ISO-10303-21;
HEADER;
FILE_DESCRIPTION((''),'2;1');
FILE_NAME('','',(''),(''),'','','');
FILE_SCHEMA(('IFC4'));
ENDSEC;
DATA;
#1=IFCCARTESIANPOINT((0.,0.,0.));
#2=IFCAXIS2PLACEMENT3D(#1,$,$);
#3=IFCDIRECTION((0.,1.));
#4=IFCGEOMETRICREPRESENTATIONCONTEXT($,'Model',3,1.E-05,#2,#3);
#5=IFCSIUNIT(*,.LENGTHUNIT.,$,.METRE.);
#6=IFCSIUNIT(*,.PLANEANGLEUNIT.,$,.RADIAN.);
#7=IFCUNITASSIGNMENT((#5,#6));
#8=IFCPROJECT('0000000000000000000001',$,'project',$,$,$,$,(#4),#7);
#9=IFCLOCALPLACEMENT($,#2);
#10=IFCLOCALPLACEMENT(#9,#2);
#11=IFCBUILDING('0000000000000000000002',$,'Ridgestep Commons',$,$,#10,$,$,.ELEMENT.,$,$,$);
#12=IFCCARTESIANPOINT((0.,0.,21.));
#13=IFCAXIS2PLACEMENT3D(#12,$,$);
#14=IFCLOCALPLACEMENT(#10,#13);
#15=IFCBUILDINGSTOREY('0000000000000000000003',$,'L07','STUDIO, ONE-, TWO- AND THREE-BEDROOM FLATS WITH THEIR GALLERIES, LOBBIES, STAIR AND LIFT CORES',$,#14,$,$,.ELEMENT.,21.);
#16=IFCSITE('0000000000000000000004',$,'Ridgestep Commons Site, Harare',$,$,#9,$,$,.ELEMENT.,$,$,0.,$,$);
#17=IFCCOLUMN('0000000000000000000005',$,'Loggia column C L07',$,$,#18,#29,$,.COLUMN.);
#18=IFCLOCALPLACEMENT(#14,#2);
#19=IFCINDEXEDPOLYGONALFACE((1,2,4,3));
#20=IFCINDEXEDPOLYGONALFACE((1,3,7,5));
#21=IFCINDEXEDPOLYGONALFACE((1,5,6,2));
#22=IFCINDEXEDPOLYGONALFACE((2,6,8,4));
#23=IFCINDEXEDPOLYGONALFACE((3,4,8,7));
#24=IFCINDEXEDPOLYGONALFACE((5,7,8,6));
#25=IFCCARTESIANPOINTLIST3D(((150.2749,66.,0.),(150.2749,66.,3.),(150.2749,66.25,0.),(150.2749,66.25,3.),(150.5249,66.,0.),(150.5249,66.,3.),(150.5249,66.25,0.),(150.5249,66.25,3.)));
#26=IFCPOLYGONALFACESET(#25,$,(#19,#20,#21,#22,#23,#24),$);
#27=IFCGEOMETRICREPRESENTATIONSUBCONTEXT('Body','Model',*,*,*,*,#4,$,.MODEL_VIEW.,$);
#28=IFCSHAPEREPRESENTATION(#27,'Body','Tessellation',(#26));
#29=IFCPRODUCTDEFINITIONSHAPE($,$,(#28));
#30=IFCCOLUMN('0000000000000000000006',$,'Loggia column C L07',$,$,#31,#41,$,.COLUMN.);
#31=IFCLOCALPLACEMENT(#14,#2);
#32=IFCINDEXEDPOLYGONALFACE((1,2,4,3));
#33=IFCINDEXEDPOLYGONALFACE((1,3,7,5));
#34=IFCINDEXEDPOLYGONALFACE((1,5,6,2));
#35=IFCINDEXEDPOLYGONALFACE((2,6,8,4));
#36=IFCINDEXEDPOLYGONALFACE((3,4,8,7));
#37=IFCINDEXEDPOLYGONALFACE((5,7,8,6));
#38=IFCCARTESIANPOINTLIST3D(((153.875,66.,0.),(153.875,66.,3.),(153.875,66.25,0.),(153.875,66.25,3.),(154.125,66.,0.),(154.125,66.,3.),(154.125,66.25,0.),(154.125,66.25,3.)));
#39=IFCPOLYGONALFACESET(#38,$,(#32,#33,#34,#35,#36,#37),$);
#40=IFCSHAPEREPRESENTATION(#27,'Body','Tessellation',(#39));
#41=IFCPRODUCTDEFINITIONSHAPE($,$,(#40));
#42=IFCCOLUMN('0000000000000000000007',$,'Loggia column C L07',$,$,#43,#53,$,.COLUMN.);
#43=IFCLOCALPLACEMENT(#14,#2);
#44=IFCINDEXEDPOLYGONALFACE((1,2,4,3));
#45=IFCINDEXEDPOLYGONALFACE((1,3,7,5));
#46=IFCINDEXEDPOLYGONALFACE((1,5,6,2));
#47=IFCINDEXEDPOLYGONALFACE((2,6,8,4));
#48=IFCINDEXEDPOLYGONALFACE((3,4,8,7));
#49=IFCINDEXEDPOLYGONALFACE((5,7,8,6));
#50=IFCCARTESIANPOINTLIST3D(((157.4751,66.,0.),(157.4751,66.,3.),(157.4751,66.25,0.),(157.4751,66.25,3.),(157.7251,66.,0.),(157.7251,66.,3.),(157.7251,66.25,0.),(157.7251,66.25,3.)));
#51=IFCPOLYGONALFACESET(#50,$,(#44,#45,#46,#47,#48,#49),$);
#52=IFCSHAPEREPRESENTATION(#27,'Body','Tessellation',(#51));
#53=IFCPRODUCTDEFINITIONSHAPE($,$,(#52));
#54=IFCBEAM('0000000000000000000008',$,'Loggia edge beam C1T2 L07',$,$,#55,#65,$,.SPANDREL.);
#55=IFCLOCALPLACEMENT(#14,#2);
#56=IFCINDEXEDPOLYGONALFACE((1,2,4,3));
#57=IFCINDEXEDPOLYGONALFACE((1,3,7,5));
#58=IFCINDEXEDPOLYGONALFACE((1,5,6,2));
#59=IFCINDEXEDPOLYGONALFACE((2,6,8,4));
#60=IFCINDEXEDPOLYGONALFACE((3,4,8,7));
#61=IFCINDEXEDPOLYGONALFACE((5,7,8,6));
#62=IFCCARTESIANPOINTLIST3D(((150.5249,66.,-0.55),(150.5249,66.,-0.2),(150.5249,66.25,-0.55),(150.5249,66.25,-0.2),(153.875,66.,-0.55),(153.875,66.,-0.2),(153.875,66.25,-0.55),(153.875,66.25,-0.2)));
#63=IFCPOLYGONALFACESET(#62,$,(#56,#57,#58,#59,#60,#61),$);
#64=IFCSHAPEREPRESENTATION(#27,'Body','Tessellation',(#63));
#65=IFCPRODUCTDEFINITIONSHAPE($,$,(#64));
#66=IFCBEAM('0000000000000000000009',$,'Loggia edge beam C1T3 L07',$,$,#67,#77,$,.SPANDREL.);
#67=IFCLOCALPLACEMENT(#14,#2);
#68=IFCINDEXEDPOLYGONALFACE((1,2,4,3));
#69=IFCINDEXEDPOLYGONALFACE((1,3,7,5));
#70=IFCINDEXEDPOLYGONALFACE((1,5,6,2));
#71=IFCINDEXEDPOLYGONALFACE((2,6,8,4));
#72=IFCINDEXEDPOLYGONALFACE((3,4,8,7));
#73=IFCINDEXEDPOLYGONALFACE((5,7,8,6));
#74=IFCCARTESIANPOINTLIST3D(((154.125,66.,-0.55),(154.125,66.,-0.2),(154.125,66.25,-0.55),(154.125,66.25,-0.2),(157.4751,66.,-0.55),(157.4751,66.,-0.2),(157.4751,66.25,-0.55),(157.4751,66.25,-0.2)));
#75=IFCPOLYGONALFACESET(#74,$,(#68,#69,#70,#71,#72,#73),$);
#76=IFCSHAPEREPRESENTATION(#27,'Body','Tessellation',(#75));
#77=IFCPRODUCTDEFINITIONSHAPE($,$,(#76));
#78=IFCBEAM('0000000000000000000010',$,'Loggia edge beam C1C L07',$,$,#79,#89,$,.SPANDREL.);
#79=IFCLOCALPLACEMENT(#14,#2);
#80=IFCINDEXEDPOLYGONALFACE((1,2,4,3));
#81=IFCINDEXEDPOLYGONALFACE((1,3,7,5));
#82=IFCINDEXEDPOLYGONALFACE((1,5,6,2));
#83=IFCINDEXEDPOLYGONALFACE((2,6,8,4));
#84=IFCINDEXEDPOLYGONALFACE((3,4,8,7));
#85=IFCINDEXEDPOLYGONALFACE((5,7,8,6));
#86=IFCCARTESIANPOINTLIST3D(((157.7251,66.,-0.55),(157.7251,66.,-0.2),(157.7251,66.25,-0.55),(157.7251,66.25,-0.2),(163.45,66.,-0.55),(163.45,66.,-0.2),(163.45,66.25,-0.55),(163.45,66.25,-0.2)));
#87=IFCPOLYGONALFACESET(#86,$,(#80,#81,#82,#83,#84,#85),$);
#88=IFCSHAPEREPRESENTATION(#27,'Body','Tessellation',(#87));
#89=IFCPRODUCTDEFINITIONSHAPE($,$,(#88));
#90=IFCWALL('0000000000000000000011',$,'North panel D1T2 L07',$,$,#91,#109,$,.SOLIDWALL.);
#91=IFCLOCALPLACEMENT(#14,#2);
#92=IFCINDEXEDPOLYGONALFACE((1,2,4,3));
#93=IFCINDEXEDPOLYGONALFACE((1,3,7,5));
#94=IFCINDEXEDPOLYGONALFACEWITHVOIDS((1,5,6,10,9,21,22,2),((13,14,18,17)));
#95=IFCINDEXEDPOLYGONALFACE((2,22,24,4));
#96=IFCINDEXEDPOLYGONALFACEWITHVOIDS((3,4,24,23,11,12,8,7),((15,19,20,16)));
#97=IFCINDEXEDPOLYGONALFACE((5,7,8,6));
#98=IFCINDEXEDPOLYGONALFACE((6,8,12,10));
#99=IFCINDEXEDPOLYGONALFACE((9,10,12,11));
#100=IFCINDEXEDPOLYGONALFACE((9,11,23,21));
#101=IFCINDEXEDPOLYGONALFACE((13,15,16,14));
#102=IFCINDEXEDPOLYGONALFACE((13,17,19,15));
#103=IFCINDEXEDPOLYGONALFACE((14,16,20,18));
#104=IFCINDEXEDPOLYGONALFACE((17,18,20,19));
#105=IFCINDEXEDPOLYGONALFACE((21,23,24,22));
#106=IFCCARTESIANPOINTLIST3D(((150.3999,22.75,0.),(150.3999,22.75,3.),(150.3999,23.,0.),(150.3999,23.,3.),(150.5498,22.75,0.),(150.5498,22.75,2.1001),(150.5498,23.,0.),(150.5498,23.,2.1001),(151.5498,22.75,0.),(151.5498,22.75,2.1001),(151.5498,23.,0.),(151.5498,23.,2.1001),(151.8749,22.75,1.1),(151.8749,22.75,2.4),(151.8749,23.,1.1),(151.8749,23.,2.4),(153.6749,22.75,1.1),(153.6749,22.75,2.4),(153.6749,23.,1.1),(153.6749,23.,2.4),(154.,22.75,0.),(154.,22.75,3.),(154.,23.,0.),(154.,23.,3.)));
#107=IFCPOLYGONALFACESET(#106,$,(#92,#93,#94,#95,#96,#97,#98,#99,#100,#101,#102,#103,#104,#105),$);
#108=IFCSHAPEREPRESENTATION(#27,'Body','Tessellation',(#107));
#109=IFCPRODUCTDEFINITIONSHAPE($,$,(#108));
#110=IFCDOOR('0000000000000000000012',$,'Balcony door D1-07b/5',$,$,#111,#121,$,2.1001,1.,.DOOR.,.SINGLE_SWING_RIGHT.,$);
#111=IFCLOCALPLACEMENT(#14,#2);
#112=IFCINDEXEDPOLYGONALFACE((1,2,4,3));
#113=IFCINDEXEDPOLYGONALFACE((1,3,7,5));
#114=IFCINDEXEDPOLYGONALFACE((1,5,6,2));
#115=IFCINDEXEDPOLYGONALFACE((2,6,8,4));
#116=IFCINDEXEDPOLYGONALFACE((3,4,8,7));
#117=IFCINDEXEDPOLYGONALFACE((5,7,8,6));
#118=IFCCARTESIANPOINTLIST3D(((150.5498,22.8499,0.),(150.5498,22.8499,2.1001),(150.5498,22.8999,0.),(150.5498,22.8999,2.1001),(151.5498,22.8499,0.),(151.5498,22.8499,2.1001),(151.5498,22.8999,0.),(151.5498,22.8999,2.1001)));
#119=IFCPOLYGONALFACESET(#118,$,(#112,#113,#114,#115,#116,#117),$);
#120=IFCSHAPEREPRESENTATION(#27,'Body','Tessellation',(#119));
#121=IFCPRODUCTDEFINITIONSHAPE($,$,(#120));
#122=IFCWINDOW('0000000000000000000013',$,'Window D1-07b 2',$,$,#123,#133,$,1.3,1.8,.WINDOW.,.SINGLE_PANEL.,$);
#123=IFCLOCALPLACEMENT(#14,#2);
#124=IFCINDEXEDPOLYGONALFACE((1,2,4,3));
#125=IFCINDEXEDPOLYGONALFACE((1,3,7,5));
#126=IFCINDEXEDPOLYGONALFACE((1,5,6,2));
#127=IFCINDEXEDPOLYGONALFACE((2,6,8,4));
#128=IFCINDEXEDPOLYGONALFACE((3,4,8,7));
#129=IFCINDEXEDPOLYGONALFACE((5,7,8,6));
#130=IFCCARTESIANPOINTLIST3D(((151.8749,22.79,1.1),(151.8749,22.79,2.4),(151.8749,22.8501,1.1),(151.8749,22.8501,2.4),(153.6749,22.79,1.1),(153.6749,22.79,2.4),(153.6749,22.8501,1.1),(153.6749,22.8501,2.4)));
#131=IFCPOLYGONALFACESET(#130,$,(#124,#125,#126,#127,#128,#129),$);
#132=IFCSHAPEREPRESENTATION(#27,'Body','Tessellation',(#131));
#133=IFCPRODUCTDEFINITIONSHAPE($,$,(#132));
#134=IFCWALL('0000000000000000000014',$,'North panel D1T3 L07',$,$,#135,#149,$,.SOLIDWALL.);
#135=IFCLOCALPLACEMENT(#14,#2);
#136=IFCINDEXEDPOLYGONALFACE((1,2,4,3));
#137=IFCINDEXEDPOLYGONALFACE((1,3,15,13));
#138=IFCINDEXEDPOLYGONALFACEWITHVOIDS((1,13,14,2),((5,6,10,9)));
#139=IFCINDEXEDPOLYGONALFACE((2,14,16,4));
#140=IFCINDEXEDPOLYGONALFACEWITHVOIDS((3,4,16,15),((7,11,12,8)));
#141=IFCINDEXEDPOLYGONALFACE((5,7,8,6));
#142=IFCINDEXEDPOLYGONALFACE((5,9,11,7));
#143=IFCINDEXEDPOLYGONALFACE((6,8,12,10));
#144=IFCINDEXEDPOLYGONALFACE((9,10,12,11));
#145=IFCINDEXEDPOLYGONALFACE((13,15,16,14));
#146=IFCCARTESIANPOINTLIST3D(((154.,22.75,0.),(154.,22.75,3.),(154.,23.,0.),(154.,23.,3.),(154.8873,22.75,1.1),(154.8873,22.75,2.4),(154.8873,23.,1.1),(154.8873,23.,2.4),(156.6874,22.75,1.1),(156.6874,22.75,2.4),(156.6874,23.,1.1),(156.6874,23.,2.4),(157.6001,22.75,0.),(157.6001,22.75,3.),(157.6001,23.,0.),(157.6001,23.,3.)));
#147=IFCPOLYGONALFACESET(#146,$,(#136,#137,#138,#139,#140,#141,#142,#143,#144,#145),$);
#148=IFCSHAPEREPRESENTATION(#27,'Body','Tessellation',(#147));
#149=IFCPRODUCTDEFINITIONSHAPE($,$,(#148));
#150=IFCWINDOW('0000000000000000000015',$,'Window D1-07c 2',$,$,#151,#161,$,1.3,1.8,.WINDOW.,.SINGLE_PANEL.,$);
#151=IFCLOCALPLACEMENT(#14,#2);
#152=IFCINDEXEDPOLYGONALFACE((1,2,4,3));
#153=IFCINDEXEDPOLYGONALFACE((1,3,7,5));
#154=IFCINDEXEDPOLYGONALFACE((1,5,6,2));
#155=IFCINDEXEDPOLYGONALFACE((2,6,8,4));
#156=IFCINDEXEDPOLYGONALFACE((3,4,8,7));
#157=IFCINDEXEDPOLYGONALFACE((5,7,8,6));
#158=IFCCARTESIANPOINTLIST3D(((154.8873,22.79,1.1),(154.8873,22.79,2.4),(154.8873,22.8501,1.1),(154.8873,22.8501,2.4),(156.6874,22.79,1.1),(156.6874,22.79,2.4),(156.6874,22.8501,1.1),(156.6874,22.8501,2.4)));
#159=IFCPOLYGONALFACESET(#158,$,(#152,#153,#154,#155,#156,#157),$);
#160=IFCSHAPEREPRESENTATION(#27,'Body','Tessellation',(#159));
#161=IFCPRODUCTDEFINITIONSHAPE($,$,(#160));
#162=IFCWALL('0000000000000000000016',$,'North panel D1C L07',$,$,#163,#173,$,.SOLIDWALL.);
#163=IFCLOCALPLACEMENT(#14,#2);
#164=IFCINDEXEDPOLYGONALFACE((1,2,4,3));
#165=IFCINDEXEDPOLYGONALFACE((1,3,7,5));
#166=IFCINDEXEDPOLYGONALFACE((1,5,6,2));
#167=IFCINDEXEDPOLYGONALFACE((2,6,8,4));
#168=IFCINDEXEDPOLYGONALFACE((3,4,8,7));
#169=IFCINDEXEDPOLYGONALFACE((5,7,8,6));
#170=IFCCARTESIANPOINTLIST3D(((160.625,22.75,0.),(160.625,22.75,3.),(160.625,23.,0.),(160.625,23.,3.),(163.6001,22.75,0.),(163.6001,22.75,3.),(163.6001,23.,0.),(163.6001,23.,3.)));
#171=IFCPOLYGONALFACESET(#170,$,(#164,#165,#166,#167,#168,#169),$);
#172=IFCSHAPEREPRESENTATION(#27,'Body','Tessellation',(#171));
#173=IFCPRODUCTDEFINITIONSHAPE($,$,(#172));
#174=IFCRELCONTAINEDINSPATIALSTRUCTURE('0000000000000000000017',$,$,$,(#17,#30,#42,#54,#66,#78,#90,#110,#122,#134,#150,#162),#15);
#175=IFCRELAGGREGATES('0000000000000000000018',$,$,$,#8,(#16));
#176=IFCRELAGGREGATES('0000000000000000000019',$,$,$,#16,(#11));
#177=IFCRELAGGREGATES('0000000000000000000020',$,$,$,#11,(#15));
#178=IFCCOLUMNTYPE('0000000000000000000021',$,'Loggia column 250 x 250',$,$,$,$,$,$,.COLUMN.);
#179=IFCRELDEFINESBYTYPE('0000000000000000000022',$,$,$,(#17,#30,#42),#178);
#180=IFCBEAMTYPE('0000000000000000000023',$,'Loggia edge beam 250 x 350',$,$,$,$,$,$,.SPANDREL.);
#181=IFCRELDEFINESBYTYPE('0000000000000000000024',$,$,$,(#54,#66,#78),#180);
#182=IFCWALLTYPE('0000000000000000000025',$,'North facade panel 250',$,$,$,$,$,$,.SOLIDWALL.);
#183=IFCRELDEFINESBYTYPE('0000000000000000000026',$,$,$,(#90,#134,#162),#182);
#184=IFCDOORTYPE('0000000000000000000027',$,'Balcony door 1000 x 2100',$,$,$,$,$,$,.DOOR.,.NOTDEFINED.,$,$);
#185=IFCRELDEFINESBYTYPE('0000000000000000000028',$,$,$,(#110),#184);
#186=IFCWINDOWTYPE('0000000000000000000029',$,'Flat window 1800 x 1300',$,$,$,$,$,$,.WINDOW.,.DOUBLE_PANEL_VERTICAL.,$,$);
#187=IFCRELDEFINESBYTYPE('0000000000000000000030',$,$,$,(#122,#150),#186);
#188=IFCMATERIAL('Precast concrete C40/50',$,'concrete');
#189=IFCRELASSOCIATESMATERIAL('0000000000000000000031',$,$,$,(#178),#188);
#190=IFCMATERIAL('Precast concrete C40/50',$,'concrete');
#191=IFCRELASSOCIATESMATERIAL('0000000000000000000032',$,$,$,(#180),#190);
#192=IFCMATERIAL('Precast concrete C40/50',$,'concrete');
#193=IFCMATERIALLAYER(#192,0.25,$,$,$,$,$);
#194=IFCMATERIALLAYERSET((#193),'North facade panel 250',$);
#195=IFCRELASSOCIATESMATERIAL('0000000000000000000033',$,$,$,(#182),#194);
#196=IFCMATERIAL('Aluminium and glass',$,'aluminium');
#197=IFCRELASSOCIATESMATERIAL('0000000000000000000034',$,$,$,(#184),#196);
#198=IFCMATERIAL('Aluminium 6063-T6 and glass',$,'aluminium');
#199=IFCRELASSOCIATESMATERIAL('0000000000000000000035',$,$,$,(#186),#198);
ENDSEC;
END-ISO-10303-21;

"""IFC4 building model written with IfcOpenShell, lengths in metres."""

from ifc_helpers import new_model, si_unit, direction, frame, frame_2d, origin, origin_2d, place, context, subcontext, project, spatial, rectangle, extrude, material, layer, layer_set, material_profile, profile_set, type_object, element, fill, save


model = new_model("IFC4")

# Units and contexts
model_context = context("Model", 3, precision=1e-05, world=origin(), true_north=direction((0.0, 1.0)))
body_context = subcontext(model_context, "Body", "Model", "MODEL_VIEW")
ifc_project = project(units=[si_unit("LENGTHUNIT", "METRE"), si_unit("PLANEANGLEUNIT", "RADIAN")], contexts=[model_context])

# Site, building, storey
site_placement = place(None, origin())
site = spatial("IfcSite", under=ifc_project, at=site_placement, Name="Ridgestep Commons Site, Harare", CompositionType="ELEMENT", RefElevation=0.0)
building_placement = place(site_placement, origin())
building = spatial("IfcBuilding", under=site, at=building_placement, Name="Ridgestep Commons", CompositionType="ELEMENT")
storey_placement = place(building_placement, frame((0.0, 0.0, 21.0)))
storey = spatial("IfcBuildingStorey", under=building, at=storey_placement, Name="L07", Description="STUDIO, ONE-, TWO- AND THREE-BEDROOM FLATS WITH THEIR GALLERIES, LOBBIES, STAIR AND LIFT CORES", CompositionType="ELEMENT", Elevation=21.0)

# Columns
ifc_material_1 = material(Name="Precast concrete C40/50", Category="concrete")
ifc_material_profile_1 = material_profile(ifc_material_1, rectangle(XDim=0.25, YDim=0.25, at=origin_2d()), Name="PC 250x250")
ifc_profile_set_1 = profile_set([ifc_material_profile_1], Name="Precast concrete C40/50")
column_type = type_object("IfcColumnType", Name="Loggia column 250 x 250", PredefinedType="COLUMN", material=ifc_profile_set_1)
for number, where, z_axis, x_axis, name in (
    (1, (150.3999, 66.125, 0.0), (0.0, 0.0, 1.0), (1.0, 0.0, 0.0), "Loggia column C L07"),
    (2, (154.0, 66.125, 0.0), (0.0, 0.0, 1.0), (1.0, 0.0, 0.0), "Loggia column C L07"),
    (3, (157.6001, 66.125, 0.0), (0.0, 0.0, 1.0), (1.0, 0.0, 0.0), "Loggia column C L07"),
):
    element("IfcColumn", number, at=place(storey_placement, frame(where, z_axis=z_axis, x_axis=x_axis)), inside=storey, type_object=column_type, Name=name, PredefinedType="COLUMN", context=body_context, shape_type="SweptSolid", body=[
        extrude(rectangle(XDim=0.25, YDim=0.25, at=origin_2d()), origin(), (0.0, 0.0, 1.0), 3.0),
    ])

# Beams
ifc_material_2 = material(Name="Precast concrete C40/50", Category="concrete")
ifc_material_profile_2 = material_profile(ifc_material_2, rectangle(XDim=0.25, YDim=0.3501, at=origin_2d()), Name="PC 250x350")
ifc_profile_set_2 = profile_set([ifc_material_profile_2], Name="Precast concrete C40/50")
beam_type = type_object("IfcBeamType", Name="Loggia edge beam 250 x 350", PredefinedType="SPANDREL", material=ifc_profile_set_2)
for number, where, z_axis, x_axis, name in (
    (4, (150.5249, 66.125, -0.375), (1.0, 0.0, 0.0), (0.0, 1.0, 0.0), "Loggia edge beam C1T2 L07"),
    (5, (154.125, 66.125, -0.375), (1.0, 0.0, 0.0), (0.0, 1.0, 0.0), "Loggia edge beam C1T3 L07"),
):
    element("IfcBeam", number, at=place(storey_placement, frame(where, z_axis=z_axis, x_axis=x_axis)), inside=storey, type_object=beam_type, Name=name, PredefinedType="SPANDREL", context=body_context, shape_type="SweptSolid", body=[
        extrude(rectangle(XDim=0.25, YDim=0.3501, at=origin_2d()), origin(), (0.0, 0.0, 1.0), 3.3501),
    ])
beam_placement = place(storey_placement, frame((157.7251, 66.125, -0.375), z_axis=(1.0, 0.0, 0.0), x_axis=(0.0, 1.0, 0.0)))
element("IfcBeam", 6, at=beam_placement, inside=storey, type_object=beam_type, Name="Loggia edge beam C1C L07", PredefinedType="SPANDREL", context=body_context, shape_type="SweptSolid", body=[
    extrude(rectangle(XDim=0.25, YDim=0.3501, at=origin_2d()), origin(), (0.0, 0.0, 1.0), 5.7249),
])

# Wall, openings, door, window
ifc_material_3 = material(Name="Precast concrete C40/50", Category="concrete")
ifc_layer_1 = layer(ifc_material_3, 0.25)
ifc_layer_set_1 = layer_set([ifc_layer_1], Name="North facade panel 250")
wall_type_1 = type_object("IfcWallType", Name="North facade panel 250", PredefinedType="SOLIDWALL", material=ifc_layer_set_1)
wall_1_placement = place(storey_placement, frame((150.3999, 22.875, 0.0), z_axis=(0.0, 0.0, 1.0), x_axis=(1.0, 0.0, 0.0)))
wall_1 = element("IfcWall", 7, at=wall_1_placement, inside=storey, type_object=wall_type_1, Name="North panel D1T2 L07", PredefinedType="SOLIDWALL", context=body_context, shape_type="SweptSolid", body=[
    extrude(rectangle(XDim=3.6001, YDim=0.25, at=frame_2d((1.8, 0.0))), origin(), (0.0, 0.0, 1.0), 3.0),
])
opening_1_placement = place(wall_1_placement, frame((1.4751, 0.0, 1.1001)))
opening_1 = element("IfcOpeningElement", 8, at=opening_1_placement, cuts=wall_1, PredefinedType="OPENING", context=body_context, shape_type="SweptSolid", body=[
    extrude(rectangle(XDim=1.8, YDim=1.3, at=frame_2d((0.8999, 0.6499))), frame((0.0, 0.135, 0.0), z_axis=(0.0, -1.0, 0.0), x_axis=(1.0, 0.0, 0.0)), (0.0, 0.0, 1.0), 0.27),
])
opening_2_placement = place(wall_1_placement, frame((0.1499, 0.0, 0.0)))
opening_2 = element("IfcOpeningElement", 9, at=opening_2_placement, cuts=wall_1, PredefinedType="OPENING", context=body_context, shape_type="SweptSolid", body=[
    extrude(rectangle(XDim=1.0, YDim=2.1001, at=frame_2d((0.5, 1.05))), frame((0.0, 0.135, 0.0), z_axis=(0.0, -1.0, 0.0), x_axis=(1.0, 0.0, 0.0)), (0.0, 0.0, 1.0), 0.27),
])
ifc_material_4 = material(Name="Aluminium and glass", Category="aluminium")
door_type = type_object("IfcDoorType", Name="Balcony door 1000 x 2100", OperationType="NOTDEFINED", PredefinedType="DOOR", material=ifc_material_4)
door_placement = place(opening_2_placement, origin())
door = element("IfcDoor", 10, at=door_placement, inside=storey, type_object=door_type, Name="Balcony door D1-07b/5", OperationType="SINGLE_SWING_RIGHT", OverallHeight=2.1001, OverallWidth=1.0, PredefinedType="DOOR", context=body_context, shape_type="SweptSolid", body=[
    extrude(rectangle(XDim=1.0, YDim=2.1001, at=frame_2d((0.5, 1.05))), frame((0.0, 0.0249, 0.0), z_axis=(0.0, -1.0, 0.0), x_axis=(1.0, 0.0, 0.0)), (0.0, 0.0, 1.0), 0.05),
])
fill(opening_2, door)
ifc_material_5 = material(Name="Aluminium 6063-T6 and glass", Category="aluminium")
window_type = type_object("IfcWindowType", Name="Flat window 1800 x 1300", PartitioningType="DOUBLE_PANEL_VERTICAL", PredefinedType="WINDOW", material=ifc_material_5)
window_1_placement = place(opening_1_placement, origin())
window_1 = element("IfcWindow", 11, at=window_1_placement, inside=storey, type_object=window_type, Name="Window D1-07b 2", OverallHeight=1.3, OverallWidth=1.8, PartitioningType="SINGLE_PANEL", PredefinedType="WINDOW", context=body_context, shape_type="SweptSolid", body=[
    extrude(rectangle(XDim=1.8, YDim=1.3, at=frame_2d((0.8999, 0.6499))), frame((0.0, -0.0249, 0.0), z_axis=(0.0, -1.0, 0.0), x_axis=(1.0, 0.0, 0.0)), (0.0, 0.0, 1.0), 0.0601),
])
fill(opening_1, window_1)

# Wall, opening, window
wall_2_placement = place(storey_placement, frame((154.0, 22.875, 0.0), z_axis=(0.0, 0.0, 1.0), x_axis=(1.0, 0.0, 0.0)))
wall_2 = element("IfcWall", 12, at=wall_2_placement, inside=storey, type_object=wall_type_1, Name="North panel D1T3 L07", PredefinedType="SOLIDWALL", context=body_context, shape_type="SweptSolid", body=[
    extrude(rectangle(XDim=3.6001, YDim=0.25, at=frame_2d((1.8, 0.0))), origin(), (0.0, 0.0, 1.0), 3.0),
])
opening_3_placement = place(wall_2_placement, frame((0.8875, 0.0, 1.1001)))
opening_3 = element("IfcOpeningElement", 13, at=opening_3_placement, cuts=wall_2, PredefinedType="OPENING", context=body_context, shape_type="SweptSolid", body=[
    extrude(rectangle(XDim=1.8, YDim=1.3, at=frame_2d((0.8999, 0.6499))), frame((0.0, 0.135, 0.0), z_axis=(0.0, -1.0, 0.0), x_axis=(1.0, 0.0, 0.0)), (0.0, 0.0, 1.0), 0.27),
])
window_2_placement = place(opening_3_placement, origin())
window_2 = element("IfcWindow", 14, at=window_2_placement, inside=storey, type_object=window_type, Name="Window D1-07c 2", OverallHeight=1.3, OverallWidth=1.8, PartitioningType="SINGLE_PANEL", PredefinedType="WINDOW", context=body_context, shape_type="SweptSolid", body=[
    extrude(rectangle(XDim=1.8, YDim=1.3, at=frame_2d((0.8999, 0.6499))), frame((0.0, -0.0249, 0.0), z_axis=(0.0, -1.0, 0.0), x_axis=(1.0, 0.0, 0.0)), (0.0, 0.0, 1.0), 0.0601),
])
fill(opening_3, window_2)

# Wall
wall_3_placement = place(storey_placement, frame((160.625, 22.875, 0.0), z_axis=(0.0, 0.0, 1.0), x_axis=(1.0, 0.0, 0.0)))
element("IfcWall", 15, at=wall_3_placement, inside=storey, type_object=wall_type_1, Name="North panel D1C L07", PredefinedType="SOLIDWALL", context=body_context, shape_type="SweptSolid", body=[
    extrude(rectangle(XDim=2.9751, YDim=0.25, at=frame_2d((1.4875, 0.0))), origin(), (0.0, 0.0, 1.0), 3.0),
])

save(model, "model.ifc")
